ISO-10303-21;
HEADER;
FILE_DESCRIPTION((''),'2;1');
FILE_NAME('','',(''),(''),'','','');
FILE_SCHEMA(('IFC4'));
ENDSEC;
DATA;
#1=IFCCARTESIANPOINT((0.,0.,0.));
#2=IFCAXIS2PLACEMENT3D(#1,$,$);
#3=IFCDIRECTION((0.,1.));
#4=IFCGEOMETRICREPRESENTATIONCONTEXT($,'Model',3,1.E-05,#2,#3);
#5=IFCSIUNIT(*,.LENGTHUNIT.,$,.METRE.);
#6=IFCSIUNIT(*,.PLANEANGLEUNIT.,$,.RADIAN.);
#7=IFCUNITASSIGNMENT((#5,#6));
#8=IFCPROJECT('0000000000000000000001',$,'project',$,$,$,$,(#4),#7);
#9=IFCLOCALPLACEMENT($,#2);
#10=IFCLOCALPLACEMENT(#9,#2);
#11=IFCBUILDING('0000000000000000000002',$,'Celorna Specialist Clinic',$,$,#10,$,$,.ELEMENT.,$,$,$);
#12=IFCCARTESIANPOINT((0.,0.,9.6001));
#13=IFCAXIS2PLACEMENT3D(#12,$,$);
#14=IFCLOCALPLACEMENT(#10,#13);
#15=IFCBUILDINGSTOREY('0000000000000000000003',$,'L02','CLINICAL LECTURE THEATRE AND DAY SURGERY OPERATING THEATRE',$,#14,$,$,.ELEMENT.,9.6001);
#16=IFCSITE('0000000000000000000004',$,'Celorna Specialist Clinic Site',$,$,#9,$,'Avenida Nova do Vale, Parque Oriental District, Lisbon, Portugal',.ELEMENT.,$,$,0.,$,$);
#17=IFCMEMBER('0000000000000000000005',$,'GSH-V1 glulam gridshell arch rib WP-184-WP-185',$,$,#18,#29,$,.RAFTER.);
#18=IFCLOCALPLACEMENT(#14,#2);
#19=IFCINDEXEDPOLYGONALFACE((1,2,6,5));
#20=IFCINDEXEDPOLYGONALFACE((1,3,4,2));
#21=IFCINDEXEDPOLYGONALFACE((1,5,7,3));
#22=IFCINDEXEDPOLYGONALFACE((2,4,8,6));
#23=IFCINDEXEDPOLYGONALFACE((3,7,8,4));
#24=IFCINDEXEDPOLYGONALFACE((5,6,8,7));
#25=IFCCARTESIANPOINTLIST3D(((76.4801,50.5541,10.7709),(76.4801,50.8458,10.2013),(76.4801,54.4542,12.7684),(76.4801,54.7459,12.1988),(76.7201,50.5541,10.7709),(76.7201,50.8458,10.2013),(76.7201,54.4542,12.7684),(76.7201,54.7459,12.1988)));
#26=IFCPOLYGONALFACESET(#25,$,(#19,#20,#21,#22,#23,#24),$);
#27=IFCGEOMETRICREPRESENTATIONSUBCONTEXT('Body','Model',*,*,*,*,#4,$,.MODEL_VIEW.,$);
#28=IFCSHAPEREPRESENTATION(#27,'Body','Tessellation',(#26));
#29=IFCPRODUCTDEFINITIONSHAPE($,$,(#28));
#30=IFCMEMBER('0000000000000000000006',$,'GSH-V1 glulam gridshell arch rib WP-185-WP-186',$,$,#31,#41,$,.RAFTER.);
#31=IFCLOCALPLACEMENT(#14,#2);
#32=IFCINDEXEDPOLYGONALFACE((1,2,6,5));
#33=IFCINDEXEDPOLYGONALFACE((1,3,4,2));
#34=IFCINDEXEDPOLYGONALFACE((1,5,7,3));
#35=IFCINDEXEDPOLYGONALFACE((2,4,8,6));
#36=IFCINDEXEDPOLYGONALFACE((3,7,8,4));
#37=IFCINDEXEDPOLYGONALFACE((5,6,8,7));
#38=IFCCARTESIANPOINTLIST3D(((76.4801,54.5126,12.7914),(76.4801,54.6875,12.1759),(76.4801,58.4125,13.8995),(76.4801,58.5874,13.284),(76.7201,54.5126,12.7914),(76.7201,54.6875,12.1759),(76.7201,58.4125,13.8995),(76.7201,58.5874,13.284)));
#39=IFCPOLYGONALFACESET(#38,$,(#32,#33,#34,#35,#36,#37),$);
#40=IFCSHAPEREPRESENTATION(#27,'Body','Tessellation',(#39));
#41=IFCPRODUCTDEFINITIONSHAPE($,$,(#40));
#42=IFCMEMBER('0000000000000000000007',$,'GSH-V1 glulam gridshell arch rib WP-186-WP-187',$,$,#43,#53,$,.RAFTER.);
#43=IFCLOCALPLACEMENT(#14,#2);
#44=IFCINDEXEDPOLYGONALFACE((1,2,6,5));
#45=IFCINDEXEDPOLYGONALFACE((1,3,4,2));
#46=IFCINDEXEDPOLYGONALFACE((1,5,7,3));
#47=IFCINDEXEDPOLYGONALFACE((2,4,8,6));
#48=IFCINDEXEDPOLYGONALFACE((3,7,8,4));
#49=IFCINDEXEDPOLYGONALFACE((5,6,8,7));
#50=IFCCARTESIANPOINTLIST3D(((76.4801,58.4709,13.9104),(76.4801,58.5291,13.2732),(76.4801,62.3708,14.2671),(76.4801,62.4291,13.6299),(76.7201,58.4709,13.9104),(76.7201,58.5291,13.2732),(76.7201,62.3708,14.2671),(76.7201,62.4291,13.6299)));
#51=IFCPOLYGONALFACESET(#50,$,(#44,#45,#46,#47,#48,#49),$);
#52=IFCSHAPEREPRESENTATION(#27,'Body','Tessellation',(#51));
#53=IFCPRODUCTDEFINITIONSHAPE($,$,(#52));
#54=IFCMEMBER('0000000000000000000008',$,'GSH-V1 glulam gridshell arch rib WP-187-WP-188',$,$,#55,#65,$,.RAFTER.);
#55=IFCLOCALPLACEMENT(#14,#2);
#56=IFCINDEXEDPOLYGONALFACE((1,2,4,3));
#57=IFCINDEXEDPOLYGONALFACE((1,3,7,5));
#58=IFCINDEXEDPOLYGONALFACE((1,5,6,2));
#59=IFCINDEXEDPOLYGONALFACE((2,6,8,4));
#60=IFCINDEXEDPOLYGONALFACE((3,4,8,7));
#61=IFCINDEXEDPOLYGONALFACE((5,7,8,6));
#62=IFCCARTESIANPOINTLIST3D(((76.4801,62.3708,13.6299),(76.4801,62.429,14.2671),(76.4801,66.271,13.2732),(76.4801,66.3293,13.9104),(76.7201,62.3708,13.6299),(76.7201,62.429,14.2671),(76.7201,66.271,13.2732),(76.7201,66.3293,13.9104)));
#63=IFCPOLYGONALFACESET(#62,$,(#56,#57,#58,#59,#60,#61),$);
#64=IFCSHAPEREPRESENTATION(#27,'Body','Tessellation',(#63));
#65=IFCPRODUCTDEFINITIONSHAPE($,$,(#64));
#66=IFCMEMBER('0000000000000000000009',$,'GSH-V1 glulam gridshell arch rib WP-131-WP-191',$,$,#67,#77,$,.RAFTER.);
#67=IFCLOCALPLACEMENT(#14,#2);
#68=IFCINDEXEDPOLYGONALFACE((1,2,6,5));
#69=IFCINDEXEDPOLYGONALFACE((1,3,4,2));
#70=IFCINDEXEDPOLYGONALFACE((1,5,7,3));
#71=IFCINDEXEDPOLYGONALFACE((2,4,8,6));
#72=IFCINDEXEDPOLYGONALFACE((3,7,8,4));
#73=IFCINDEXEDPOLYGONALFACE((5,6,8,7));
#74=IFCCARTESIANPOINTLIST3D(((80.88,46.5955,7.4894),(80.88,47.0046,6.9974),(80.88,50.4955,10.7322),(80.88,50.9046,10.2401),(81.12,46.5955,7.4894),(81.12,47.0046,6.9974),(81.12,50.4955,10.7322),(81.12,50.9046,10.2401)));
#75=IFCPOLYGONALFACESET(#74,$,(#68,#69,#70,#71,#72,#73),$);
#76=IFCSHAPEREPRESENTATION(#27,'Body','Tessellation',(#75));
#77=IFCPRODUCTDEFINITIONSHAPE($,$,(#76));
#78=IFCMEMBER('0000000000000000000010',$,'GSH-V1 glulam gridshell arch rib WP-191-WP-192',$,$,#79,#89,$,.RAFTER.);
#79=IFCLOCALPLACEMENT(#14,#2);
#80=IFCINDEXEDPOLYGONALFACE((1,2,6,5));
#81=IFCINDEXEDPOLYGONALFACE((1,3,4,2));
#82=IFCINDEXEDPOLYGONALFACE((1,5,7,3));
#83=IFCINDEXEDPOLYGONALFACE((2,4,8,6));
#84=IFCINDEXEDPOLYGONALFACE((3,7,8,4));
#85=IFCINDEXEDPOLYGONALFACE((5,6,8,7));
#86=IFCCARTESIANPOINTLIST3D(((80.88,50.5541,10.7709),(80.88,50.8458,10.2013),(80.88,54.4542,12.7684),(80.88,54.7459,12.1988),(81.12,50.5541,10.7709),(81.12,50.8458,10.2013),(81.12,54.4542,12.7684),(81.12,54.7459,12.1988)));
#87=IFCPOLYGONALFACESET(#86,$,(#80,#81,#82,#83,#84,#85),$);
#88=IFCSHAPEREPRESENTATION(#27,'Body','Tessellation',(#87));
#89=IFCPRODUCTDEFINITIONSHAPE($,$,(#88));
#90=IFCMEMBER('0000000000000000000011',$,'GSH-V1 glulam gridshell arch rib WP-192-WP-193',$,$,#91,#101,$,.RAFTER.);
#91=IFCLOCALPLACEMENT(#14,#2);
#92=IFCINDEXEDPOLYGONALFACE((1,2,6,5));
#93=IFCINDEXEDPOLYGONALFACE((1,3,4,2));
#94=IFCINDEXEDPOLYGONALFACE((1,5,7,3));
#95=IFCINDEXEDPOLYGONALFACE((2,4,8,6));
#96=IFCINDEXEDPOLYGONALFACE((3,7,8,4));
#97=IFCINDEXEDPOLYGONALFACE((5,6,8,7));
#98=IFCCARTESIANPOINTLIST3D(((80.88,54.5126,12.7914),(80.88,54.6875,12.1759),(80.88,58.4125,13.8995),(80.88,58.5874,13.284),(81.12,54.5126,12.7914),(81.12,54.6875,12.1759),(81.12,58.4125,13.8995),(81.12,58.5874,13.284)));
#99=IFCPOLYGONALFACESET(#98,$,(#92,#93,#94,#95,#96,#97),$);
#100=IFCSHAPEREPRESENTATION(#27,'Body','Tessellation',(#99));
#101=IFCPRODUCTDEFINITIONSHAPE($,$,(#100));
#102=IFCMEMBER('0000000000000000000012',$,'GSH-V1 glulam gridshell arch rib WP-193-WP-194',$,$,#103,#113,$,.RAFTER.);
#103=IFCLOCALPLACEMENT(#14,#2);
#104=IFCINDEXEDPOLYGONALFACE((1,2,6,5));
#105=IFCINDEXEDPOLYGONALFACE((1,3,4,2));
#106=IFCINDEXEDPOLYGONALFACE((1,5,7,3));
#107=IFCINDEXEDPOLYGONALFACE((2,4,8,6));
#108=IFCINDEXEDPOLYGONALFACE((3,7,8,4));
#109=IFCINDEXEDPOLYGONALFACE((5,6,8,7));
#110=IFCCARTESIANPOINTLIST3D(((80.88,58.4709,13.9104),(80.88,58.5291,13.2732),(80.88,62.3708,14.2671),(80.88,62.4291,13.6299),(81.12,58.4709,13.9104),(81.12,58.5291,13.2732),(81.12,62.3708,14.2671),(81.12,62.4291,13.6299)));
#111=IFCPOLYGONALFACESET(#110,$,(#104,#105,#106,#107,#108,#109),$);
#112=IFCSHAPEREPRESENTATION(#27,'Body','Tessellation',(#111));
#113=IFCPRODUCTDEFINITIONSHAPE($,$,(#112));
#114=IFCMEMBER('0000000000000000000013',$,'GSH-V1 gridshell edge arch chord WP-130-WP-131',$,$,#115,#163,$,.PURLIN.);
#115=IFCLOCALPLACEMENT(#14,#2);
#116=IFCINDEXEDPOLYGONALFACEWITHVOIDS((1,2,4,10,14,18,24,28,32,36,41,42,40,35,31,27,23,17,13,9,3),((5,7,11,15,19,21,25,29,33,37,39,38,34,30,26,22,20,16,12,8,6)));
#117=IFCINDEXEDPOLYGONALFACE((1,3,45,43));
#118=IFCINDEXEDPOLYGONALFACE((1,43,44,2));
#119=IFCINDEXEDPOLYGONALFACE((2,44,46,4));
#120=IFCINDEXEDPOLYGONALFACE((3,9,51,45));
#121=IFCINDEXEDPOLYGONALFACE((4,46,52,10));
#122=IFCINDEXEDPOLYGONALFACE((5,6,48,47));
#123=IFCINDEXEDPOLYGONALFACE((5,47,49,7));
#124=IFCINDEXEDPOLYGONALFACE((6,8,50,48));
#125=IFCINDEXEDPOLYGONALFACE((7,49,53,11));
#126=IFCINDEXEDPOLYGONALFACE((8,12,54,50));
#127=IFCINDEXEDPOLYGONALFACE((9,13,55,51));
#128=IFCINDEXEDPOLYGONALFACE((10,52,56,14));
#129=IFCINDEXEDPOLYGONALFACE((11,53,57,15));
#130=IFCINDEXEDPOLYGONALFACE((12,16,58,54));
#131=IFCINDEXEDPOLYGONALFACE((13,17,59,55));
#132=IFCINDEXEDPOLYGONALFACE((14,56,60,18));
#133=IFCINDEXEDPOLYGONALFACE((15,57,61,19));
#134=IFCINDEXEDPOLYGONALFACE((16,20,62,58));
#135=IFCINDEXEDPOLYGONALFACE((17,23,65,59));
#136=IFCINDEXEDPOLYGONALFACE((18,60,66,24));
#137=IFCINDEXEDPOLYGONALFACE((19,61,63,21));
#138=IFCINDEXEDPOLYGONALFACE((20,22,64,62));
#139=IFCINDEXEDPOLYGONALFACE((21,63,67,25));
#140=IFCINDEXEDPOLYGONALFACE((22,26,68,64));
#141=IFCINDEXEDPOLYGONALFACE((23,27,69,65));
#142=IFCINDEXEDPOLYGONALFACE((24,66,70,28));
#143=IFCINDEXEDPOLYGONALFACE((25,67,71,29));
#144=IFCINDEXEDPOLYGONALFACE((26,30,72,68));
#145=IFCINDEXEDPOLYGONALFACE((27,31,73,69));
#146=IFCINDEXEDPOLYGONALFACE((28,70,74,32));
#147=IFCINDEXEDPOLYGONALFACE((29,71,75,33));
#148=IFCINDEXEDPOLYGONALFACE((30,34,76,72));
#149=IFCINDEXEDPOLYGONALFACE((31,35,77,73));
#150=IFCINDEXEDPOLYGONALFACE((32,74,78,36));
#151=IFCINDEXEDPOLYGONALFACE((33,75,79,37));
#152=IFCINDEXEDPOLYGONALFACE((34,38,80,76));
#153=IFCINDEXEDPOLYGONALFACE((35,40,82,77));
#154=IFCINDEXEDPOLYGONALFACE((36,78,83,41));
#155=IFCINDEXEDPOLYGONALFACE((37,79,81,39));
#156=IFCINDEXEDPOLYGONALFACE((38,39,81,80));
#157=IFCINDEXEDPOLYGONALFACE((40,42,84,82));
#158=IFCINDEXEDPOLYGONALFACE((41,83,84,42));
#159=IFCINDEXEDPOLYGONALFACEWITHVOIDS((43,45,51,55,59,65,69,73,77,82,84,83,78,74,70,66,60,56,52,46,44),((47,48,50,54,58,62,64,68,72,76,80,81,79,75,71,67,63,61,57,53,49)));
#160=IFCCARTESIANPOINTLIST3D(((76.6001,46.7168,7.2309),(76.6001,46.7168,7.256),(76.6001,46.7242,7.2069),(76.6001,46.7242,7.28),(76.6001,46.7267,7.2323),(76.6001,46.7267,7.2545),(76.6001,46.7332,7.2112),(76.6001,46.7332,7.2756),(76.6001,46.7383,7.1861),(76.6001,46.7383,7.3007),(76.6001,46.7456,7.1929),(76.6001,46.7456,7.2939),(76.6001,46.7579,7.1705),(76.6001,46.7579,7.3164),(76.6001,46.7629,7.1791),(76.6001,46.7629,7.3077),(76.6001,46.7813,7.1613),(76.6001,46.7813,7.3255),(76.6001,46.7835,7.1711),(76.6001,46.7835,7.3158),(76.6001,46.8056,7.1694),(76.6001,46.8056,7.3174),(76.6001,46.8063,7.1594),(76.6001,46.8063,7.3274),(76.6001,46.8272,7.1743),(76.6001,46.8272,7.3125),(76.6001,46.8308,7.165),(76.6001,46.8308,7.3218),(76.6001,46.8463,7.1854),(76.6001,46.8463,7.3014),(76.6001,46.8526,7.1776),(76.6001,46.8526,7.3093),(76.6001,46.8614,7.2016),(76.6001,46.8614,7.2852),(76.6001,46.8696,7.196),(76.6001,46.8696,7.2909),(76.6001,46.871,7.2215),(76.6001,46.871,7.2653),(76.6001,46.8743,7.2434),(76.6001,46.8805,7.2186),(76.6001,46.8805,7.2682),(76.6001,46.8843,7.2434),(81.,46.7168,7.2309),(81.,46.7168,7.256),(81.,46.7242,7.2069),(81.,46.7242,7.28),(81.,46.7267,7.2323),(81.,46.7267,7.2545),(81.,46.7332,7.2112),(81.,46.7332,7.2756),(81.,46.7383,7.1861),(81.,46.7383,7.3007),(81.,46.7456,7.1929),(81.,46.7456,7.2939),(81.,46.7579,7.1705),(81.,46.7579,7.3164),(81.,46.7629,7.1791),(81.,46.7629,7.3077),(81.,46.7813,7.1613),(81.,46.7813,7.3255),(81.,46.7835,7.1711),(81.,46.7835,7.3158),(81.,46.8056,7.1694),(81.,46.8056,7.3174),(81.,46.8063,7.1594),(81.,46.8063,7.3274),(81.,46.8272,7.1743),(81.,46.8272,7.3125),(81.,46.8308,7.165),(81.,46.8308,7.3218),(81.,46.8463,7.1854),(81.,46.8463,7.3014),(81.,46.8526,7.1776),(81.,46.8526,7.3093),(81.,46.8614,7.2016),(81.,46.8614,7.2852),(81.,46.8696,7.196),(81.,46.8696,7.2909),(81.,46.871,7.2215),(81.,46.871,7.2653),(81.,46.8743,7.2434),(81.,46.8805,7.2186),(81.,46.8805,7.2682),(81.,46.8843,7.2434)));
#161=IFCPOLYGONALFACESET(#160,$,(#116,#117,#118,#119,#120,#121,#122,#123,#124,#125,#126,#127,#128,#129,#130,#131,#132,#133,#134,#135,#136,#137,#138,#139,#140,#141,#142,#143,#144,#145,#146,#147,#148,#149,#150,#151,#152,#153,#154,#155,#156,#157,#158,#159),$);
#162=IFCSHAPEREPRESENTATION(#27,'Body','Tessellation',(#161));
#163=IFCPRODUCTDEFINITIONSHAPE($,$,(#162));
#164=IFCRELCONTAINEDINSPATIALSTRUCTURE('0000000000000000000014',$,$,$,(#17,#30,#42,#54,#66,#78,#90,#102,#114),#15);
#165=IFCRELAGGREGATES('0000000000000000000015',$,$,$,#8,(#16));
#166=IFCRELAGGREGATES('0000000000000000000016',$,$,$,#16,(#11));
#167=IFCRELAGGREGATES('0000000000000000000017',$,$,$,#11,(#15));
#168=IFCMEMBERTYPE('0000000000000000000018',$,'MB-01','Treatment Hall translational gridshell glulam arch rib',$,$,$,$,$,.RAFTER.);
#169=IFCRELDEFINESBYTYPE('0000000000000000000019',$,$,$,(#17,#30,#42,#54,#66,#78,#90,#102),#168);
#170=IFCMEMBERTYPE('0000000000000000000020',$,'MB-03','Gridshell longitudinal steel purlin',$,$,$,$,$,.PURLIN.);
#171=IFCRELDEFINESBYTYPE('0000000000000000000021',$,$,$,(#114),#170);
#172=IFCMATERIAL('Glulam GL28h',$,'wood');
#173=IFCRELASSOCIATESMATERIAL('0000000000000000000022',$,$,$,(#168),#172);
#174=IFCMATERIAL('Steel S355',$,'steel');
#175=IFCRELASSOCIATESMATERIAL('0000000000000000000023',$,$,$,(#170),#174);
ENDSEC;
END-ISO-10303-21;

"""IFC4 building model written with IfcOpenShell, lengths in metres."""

from ifc_helpers import new_model, si_unit, direction, frame, origin, origin_2d, place, context, subcontext, project, spatial, rectangle, hollow_circle, extrude, material, material_profile, profile_set, type_object, element, save


model = new_model("IFC4")

# Units and contexts
model_context = context("Model", 3, precision=1e-05, world=origin(), true_north=direction((0.0, 1.0)))
body_context = subcontext(model_context, "Body", "Model", "MODEL_VIEW")
ifc_project = project(units=[si_unit("LENGTHUNIT", "METRE"), si_unit("PLANEANGLEUNIT", "RADIAN")], contexts=[model_context])

# Site, building, storey
site_placement = place(None, origin())
site = spatial("IfcSite", under=ifc_project, at=site_placement, Name="Celorna Specialist Clinic Site", LongName="Avenida Nova do Vale, Parque Oriental District, Lisbon, Portugal", CompositionType="ELEMENT", RefElevation=0.0)
building_placement = place(site_placement, origin())
building = spatial("IfcBuilding", under=site, at=building_placement, Name="Celorna Specialist Clinic", CompositionType="ELEMENT")
storey_placement = place(building_placement, frame((0.0, 0.0, 9.6001)))
storey = spatial("IfcBuildingStorey", under=building, at=storey_placement, Name="L02", Description="CLINICAL LECTURE THEATRE AND DAY SURGERY OPERATING THEATRE", CompositionType="ELEMENT", Elevation=9.6001)

# Shared definitions
ifc_material_1 = material(Name="Steel S355", Category="steel")

# Members
ifc_material_2 = material(Name="Glulam GL28h", Category="wood")
ifc_material_profile_1 = material_profile(ifc_material_2, rectangle(XDim=0.24, YDim=0.6399, at=origin_2d()), Name="GL28h 240x640")
ifc_profile_set_1 = profile_set([ifc_material_profile_1], Name="Glulam GL28h")
member_type_1 = type_object("IfcMemberType", Name="MB-01", Description="Treatment Hall translational gridshell glulam arch rib", PredefinedType="RAFTER", material=ifc_profile_set_1)
member_1_placement = place(storey_placement, frame((76.6001, 50.7, 10.4861), z_axis=(0.0, 0.890051, 0.455862), x_axis=(-1.0, 0.0, 0.0)))
element("IfcMember", 1, at=member_1_placement, inside=storey, type_object=member_type_1, Name="GSH-V1 glulam gridshell arch rib WP-184-WP-185", PredefinedType="RAFTER", context=body_context, shape_type="SweptSolid", body=[
    extrude(rectangle(XDim=0.24, YDim=0.6399, at=origin_2d()), origin(), (0.0, 0.0, 1.0), 4.3818),
])
member_2_placement = place(storey_placement, frame((76.6001, 54.6001, 12.4836), z_axis=(0.0, 0.961921, 0.273329), x_axis=(-1.0, 0.0, 0.0)))
element("IfcMember", 2, at=member_2_placement, inside=storey, type_object=member_type_1, Name="GSH-V1 glulam gridshell arch rib WP-185-WP-186", PredefinedType="RAFTER", context=body_context, shape_type="SweptSolid", body=[
    extrude(rectangle(XDim=0.24, YDim=0.6399, at=origin_2d()), origin(), (0.0, 0.0, 1.0), 4.0542),
])
member_3_placement = place(storey_placement, frame((76.6001, 58.5, 13.5918), z_axis=(0.0, 0.995843, 0.091081), x_axis=(-1.0, 0.0, 0.0)))
element("IfcMember", 3, at=member_3_placement, inside=storey, type_object=member_type_1, Name="GSH-V1 glulam gridshell arch rib WP-186-WP-187", PredefinedType="RAFTER", context=body_context, shape_type="SweptSolid", body=[
    extrude(rectangle(XDim=0.24, YDim=0.6399, at=origin_2d()), origin(), (0.0, 0.0, 1.0), 3.9163),
])
member_4_placement = place(storey_placement, frame((76.6001, 62.3999, 13.9485), z_axis=(0.0, 0.995844, -0.091075), x_axis=(-1.0, 0.0, 0.0)))
element("IfcMember", 4, at=member_4_placement, inside=storey, type_object=member_type_1, Name="GSH-V1 glulam gridshell arch rib WP-187-WP-188", PredefinedType="RAFTER", context=body_context, shape_type="SweptSolid", body=[
    extrude(rectangle(XDim=0.24, YDim=0.6399, at=origin_2d()), origin(), (0.0, 0.0, 1.0), 3.9165),
])
member_5_placement = place(storey_placement, frame((81.0, 46.8, 7.2434), z_axis=(0.0, 0.768923, 0.639341), x_axis=(-1.0, 0.0, 0.0)))
element("IfcMember", 5, at=member_5_placement, inside=storey, type_object=member_type_1, Name="GSH-V1 glulam gridshell arch rib WP-131-WP-191", PredefinedType="RAFTER", context=body_context, shape_type="SweptSolid", body=[
    extrude(rectangle(XDim=0.24, YDim=0.6399, at=origin_2d()), origin(), (0.0, 0.0, 1.0), 5.072),
])
member_6_placement = place(storey_placement, frame((81.0, 50.7, 10.4861), z_axis=(0.0, 0.890051, 0.455862), x_axis=(-1.0, 0.0, 0.0)))
element("IfcMember", 6, at=member_6_placement, inside=storey, type_object=member_type_1, Name="GSH-V1 glulam gridshell arch rib WP-191-WP-192", PredefinedType="RAFTER", context=body_context, shape_type="SweptSolid", body=[
    extrude(rectangle(XDim=0.24, YDim=0.6399, at=origin_2d()), origin(), (0.0, 0.0, 1.0), 4.3818),
])
member_7_placement = place(storey_placement, frame((81.0, 54.6001, 12.4836), z_axis=(0.0, 0.961921, 0.273329), x_axis=(-1.0, 0.0, 0.0)))
element("IfcMember", 7, at=member_7_placement, inside=storey, type_object=member_type_1, Name="GSH-V1 glulam gridshell arch rib WP-192-WP-193", PredefinedType="RAFTER", context=body_context, shape_type="SweptSolid", body=[
    extrude(rectangle(XDim=0.24, YDim=0.6399, at=origin_2d()), origin(), (0.0, 0.0, 1.0), 4.0542),
])
member_8_placement = place(storey_placement, frame((81.0, 58.5, 13.5918), z_axis=(0.0, 0.995843, 0.091081), x_axis=(-1.0, 0.0, 0.0)))
element("IfcMember", 8, at=member_8_placement, inside=storey, type_object=member_type_1, Name="GSH-V1 glulam gridshell arch rib WP-193-WP-194", PredefinedType="RAFTER", context=body_context, shape_type="SweptSolid", body=[
    extrude(rectangle(XDim=0.24, YDim=0.6399, at=origin_2d()), origin(), (0.0, 0.0, 1.0), 3.9163),
])
ifc_material_profile_2 = material_profile(ifc_material_1, hollow_circle(Radius=0.0842, WallThickness=0.01, at=origin_2d()), Name="CHS 168.3x10")
ifc_profile_set_2 = profile_set([ifc_material_profile_2], Name="Steel S355")
member_type_2 = type_object("IfcMemberType", Name="MB-03", Description="Gridshell longitudinal steel purlin", PredefinedType="PURLIN", material=ifc_profile_set_2)
member_9_placement = place(storey_placement, frame((76.6001, 46.8, 7.2434), z_axis=(1.0, 0.0, 0.0), x_axis=(0.0, 1.0, 0.0)))
element("IfcMember", 9, at=member_9_placement, inside=storey, type_object=member_type_2, Name="GSH-V1 gridshell edge arch chord WP-130-WP-131", PredefinedType="PURLIN", context=body_context, shape_type="SweptSolid", body=[
    extrude(hollow_circle(Radius=0.0842, WallThickness=0.01, at=origin_2d()), origin(), (0.0, 0.0, 1.0), 4.3999),
])

save(model, "model.ifc")
